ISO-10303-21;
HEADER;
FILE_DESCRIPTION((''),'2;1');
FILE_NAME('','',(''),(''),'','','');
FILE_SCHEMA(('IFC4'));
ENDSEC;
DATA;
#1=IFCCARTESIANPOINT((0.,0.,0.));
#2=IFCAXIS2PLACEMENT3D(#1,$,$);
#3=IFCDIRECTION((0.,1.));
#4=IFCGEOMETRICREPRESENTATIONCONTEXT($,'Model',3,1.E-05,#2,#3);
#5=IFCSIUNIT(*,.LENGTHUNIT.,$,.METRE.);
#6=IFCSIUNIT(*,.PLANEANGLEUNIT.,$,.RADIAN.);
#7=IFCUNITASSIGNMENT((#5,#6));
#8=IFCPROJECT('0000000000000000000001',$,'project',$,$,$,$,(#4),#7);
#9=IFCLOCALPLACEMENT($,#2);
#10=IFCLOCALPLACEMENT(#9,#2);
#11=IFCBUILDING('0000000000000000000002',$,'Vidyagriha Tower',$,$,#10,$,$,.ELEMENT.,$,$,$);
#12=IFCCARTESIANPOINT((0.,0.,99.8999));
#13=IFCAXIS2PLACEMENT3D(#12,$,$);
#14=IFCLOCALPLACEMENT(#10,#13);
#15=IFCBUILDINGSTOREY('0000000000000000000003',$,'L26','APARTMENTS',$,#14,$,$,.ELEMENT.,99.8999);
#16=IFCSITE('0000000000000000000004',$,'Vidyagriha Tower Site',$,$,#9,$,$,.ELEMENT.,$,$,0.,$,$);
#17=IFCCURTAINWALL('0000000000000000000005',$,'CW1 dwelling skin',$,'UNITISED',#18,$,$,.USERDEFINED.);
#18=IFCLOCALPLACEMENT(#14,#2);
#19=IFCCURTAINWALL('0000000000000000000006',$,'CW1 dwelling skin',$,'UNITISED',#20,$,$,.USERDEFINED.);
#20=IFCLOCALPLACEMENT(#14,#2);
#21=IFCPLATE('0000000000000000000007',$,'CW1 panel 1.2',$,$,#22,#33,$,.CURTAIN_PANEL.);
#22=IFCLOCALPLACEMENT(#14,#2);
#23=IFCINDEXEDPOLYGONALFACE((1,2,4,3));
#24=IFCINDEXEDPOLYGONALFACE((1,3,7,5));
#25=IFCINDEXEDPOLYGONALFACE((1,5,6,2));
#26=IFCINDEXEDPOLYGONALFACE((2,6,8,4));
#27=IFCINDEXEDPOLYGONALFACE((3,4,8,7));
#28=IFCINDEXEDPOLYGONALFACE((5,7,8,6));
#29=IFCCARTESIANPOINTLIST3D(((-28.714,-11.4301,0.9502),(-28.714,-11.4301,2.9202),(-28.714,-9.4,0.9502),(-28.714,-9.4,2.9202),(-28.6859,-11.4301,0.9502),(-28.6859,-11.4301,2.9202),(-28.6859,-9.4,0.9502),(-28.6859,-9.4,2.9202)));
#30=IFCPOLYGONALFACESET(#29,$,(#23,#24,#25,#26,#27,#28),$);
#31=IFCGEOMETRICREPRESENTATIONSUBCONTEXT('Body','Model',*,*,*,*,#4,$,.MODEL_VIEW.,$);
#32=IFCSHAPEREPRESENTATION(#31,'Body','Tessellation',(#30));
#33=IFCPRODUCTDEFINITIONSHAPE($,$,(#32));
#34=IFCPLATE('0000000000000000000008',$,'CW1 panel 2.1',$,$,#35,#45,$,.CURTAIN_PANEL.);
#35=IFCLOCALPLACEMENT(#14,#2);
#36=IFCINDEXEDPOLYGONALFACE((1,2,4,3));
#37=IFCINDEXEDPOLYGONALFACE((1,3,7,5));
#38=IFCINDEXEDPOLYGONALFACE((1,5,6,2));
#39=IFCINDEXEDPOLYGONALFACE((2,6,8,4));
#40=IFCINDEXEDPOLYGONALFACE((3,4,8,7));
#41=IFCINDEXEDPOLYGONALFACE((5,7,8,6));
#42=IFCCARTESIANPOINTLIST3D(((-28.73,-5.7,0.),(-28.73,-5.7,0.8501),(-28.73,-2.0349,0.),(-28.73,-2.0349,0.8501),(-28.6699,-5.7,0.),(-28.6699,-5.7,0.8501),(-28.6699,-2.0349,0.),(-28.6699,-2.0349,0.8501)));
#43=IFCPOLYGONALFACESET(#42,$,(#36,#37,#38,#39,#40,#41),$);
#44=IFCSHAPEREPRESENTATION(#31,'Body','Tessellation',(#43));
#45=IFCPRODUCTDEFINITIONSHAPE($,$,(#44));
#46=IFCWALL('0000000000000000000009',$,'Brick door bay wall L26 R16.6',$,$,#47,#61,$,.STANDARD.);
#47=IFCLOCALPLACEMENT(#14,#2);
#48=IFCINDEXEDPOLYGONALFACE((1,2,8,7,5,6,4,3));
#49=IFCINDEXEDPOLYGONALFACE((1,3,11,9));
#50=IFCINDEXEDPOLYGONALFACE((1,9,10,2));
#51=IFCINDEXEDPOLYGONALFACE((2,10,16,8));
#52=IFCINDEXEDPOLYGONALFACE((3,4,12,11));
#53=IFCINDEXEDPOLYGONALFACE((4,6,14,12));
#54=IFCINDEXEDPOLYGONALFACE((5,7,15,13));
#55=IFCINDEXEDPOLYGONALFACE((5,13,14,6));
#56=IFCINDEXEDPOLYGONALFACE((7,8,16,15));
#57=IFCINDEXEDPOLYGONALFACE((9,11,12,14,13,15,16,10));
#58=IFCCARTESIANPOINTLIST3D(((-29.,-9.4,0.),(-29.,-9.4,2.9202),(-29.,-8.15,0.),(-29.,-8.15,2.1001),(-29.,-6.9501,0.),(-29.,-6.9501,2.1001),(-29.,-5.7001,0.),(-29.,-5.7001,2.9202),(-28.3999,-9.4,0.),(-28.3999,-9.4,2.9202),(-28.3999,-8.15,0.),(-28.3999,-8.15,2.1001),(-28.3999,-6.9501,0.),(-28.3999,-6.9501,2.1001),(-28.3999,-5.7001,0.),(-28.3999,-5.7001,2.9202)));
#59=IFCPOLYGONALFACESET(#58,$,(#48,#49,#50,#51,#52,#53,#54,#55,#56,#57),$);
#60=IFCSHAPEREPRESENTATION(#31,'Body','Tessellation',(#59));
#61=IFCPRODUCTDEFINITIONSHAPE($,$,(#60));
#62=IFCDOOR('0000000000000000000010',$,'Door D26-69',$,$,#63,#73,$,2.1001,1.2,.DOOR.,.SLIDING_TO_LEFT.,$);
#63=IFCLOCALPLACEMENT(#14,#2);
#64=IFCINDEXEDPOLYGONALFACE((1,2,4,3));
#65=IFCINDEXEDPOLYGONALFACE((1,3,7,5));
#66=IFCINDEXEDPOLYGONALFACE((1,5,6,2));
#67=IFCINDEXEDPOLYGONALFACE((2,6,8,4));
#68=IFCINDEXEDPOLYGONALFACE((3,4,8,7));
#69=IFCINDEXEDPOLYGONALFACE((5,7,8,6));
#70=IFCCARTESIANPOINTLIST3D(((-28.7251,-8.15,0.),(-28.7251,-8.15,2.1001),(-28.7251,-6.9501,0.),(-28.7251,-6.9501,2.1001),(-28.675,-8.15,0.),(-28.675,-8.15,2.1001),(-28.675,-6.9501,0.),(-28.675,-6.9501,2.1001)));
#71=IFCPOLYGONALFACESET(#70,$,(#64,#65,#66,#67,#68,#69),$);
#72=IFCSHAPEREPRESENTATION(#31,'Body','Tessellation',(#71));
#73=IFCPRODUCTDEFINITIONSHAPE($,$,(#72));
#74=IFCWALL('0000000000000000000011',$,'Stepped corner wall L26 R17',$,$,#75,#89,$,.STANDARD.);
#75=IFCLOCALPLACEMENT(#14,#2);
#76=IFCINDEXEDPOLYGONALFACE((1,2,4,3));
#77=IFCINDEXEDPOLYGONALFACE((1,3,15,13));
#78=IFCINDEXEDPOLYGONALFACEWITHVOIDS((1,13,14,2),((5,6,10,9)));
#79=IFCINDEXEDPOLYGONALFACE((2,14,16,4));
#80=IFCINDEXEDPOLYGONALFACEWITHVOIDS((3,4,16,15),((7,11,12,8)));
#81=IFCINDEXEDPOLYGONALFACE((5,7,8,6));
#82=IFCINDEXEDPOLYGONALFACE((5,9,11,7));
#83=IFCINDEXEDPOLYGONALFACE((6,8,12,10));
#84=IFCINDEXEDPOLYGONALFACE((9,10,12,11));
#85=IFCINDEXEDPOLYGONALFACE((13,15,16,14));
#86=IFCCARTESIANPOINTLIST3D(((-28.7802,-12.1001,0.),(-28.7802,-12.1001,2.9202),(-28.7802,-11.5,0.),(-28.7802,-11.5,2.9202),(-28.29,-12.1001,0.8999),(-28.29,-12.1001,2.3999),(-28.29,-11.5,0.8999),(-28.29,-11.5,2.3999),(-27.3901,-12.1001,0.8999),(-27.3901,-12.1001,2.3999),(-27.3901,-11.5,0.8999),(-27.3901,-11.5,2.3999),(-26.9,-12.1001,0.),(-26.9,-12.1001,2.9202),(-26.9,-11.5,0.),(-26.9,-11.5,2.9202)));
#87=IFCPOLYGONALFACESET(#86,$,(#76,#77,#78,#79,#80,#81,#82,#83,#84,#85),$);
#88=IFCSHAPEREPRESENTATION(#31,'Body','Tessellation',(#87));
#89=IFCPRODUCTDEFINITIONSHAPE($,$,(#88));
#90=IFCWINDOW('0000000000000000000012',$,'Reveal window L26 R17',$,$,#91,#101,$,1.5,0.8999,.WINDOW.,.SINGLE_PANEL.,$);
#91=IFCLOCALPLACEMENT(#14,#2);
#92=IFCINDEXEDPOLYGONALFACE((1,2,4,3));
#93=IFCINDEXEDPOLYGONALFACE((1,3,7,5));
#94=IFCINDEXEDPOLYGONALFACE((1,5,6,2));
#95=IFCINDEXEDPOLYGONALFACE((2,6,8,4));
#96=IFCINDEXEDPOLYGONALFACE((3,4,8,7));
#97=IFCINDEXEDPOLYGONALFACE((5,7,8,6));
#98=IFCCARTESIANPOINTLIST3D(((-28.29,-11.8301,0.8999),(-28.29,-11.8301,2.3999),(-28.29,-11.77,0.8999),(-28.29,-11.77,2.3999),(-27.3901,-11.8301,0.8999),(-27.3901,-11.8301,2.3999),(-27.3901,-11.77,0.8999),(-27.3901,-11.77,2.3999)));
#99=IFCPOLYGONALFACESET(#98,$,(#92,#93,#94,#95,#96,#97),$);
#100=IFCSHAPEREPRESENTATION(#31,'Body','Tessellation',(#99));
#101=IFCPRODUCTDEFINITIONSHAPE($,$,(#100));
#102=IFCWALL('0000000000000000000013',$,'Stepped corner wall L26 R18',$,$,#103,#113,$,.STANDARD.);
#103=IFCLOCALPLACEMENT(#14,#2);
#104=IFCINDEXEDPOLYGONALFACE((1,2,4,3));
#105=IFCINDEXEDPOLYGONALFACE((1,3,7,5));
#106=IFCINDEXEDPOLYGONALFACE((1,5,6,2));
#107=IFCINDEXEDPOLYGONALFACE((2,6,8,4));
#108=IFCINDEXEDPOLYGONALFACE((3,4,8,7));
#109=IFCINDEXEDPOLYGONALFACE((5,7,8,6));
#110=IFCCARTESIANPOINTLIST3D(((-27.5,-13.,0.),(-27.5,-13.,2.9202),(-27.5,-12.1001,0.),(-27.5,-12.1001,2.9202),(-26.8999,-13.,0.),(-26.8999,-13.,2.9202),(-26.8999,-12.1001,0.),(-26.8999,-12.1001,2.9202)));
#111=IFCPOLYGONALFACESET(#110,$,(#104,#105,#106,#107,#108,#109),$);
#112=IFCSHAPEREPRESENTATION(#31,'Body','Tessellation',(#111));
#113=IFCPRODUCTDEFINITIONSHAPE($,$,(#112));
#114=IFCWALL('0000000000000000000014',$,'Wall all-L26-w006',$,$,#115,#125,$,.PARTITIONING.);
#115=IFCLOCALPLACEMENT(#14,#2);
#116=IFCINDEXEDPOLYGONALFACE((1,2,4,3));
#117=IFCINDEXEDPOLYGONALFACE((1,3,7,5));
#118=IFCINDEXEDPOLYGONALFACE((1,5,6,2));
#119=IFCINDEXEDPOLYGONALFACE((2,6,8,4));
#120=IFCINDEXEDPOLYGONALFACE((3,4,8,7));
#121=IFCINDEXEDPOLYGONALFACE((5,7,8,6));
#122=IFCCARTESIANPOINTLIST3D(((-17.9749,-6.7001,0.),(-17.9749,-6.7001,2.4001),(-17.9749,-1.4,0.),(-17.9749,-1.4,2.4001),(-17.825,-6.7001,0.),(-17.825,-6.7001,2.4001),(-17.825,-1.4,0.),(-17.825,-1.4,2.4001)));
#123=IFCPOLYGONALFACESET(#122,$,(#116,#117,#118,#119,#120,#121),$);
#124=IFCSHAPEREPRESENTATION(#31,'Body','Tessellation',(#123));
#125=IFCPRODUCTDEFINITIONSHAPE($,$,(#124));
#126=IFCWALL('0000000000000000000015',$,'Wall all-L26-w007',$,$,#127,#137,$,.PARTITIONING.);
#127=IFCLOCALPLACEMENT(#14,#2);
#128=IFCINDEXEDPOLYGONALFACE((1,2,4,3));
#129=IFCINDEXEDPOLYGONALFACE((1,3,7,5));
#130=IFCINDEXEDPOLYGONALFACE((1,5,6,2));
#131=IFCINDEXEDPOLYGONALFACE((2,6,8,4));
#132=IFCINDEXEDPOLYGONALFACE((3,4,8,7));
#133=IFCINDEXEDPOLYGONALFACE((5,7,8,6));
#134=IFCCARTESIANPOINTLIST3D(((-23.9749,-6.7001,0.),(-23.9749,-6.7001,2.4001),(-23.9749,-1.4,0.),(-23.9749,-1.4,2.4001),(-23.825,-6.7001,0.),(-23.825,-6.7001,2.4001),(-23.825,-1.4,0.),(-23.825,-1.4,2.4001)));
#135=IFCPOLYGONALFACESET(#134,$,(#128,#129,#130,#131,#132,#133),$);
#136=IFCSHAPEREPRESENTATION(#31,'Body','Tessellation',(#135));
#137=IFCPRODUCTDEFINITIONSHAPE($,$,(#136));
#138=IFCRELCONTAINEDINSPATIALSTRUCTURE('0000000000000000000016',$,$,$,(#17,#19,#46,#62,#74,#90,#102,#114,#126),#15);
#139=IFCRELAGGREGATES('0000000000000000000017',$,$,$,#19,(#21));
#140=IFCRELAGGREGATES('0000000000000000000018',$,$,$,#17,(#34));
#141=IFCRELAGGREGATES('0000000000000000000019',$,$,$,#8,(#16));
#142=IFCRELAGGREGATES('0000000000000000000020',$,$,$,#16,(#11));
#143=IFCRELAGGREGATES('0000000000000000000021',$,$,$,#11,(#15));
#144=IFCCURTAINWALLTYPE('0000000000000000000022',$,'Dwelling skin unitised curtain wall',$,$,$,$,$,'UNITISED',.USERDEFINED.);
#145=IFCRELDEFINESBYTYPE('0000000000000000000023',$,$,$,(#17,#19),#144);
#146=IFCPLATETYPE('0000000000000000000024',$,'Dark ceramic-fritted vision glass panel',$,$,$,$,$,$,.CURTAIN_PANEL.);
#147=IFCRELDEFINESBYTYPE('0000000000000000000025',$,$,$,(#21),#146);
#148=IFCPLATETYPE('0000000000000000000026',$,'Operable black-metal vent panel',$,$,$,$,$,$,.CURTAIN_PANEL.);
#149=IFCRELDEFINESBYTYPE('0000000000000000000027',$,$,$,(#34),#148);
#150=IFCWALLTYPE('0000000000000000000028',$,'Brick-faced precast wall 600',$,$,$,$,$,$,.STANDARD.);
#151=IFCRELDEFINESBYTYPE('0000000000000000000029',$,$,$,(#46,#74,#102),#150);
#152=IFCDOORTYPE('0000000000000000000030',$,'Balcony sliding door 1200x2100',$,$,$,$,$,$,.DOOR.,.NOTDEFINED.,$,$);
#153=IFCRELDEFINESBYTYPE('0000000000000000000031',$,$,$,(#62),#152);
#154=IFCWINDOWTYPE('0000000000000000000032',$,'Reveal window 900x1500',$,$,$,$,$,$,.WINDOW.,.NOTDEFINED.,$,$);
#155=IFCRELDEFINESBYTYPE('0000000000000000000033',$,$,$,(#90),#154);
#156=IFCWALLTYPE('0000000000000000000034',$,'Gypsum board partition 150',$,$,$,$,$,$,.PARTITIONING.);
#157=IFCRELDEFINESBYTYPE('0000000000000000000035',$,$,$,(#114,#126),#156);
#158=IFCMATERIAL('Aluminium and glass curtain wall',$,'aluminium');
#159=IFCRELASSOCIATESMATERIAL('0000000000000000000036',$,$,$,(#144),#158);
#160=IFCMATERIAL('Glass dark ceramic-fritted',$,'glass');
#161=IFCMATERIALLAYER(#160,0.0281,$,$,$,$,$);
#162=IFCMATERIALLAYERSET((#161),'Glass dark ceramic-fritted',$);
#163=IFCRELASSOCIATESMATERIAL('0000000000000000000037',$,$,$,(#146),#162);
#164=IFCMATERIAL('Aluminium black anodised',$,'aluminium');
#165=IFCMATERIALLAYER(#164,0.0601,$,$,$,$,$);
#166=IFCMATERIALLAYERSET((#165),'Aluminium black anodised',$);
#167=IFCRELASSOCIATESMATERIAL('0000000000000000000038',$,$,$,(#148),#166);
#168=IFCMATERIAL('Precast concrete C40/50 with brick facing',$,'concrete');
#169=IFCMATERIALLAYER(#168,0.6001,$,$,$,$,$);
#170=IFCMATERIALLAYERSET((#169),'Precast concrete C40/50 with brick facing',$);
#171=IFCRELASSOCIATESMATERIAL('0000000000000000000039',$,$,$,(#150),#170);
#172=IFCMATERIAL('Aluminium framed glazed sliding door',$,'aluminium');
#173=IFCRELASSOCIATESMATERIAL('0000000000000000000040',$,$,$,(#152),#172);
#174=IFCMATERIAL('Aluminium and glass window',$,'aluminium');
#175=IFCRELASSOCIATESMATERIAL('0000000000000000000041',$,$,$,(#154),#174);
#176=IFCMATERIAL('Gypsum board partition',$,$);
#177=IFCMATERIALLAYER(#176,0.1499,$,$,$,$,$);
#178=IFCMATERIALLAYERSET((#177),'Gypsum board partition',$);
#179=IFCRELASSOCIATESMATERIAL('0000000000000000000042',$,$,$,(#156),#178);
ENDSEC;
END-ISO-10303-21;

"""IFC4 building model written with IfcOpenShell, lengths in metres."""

from ifc_helpers import new_model, si_unit, direction, frame, frame_2d, origin, origin_2d, place, context, subcontext, project, spatial, rectangle, extrude, material, layer, layer_set, type_object, element, fill, aggregate, save


model = new_model("IFC4")

# Units and contexts
model_context = context("Model", 3, precision=1e-05, world=origin(), true_north=direction((0.0, 1.0)))
body_context = subcontext(model_context, "Body", "Model", "MODEL_VIEW")
ifc_project = project(units=[si_unit("LENGTHUNIT", "METRE"), si_unit("PLANEANGLEUNIT", "RADIAN")], contexts=[model_context])

# Site, building, storey
site_placement = place(None, origin())
site = spatial("IfcSite", under=ifc_project, at=site_placement, Name="Vidyagriha Tower Site", CompositionType="ELEMENT", RefElevation=0.0)
building_placement = place(site_placement, origin())
building = spatial("IfcBuilding", under=site, at=building_placement, Name="Vidyagriha Tower", CompositionType="ELEMENT")
storey_placement = place(building_placement, frame((0.0, 0.0, 99.8999)))
storey = spatial("IfcBuildingStorey", under=building, at=storey_placement, Name="L26", Description="APARTMENTS", CompositionType="ELEMENT", Elevation=99.8999)

# Curtain walls
ifc_material_1 = material(Name="Aluminium and glass curtain wall", Category="aluminium")
curtain_wall_type = type_object("IfcCurtainWallType", Name="Dwelling skin unitised curtain wall", ElementType="UNITISED", PredefinedType="USERDEFINED", material=ifc_material_1)
curtain_wall_1_placement = place(storey_placement, origin())
curtain_wall_1 = element("IfcCurtainWall", 1, at=curtain_wall_1_placement, inside=storey, type_object=curtain_wall_type, Name="CW1 dwelling skin", ObjectType="UNITISED", PredefinedType="USERDEFINED")
curtain_wall_2_placement = place(storey_placement, origin())
curtain_wall_2 = element("IfcCurtainWall", 2, at=curtain_wall_2_placement, inside=storey, type_object=curtain_wall_type, Name="CW1 dwelling skin", ObjectType="UNITISED", PredefinedType="USERDEFINED")

# Plates
ifc_material_2 = material(Name="Glass dark ceramic-fritted", Category="glass")
ifc_layer_1 = layer(ifc_material_2, 0.0281)
ifc_layer_set_1 = layer_set([ifc_layer_1], Name="Glass dark ceramic-fritted")
plate_type_1 = type_object("IfcPlateType", Name="Dark ceramic-fritted vision glass panel", PredefinedType="CURTAIN_PANEL", material=ifc_layer_set_1)
plate_1_placement = place(storey_placement, frame((-28.7, -10.415, 0.9502), z_axis=(0.0, 0.0, 1.0), x_axis=(0.0, -1.0, 0.0)))
plate_1 = element("IfcPlate", 3, at=plate_1_placement, type_object=plate_type_1, Name="CW1 panel 1.2", PredefinedType="CURTAIN_PANEL", context=body_context, shape_type="SweptSolid", body=[
    extrude(rectangle(XDim=2.03, YDim=0.0281, at=origin_2d()), origin(), (0.0, 0.0, 1.0), 1.97),
])
aggregate(curtain_wall_2, [plate_1])
ifc_material_3 = material(Name="Aluminium black anodised", Category="aluminium")
ifc_layer_2 = layer(ifc_material_3, 0.0601)
ifc_layer_set_2 = layer_set([ifc_layer_2], Name="Aluminium black anodised")
plate_type_2 = type_object("IfcPlateType", Name="Operable black-metal vent panel", PredefinedType="CURTAIN_PANEL", material=ifc_layer_set_2)
plate_2_placement = place(storey_placement, frame((-28.7, -3.8674, 0.0), z_axis=(0.0, 0.0, 1.0), x_axis=(0.0, -1.0, 0.0)))
plate_2 = element("IfcPlate", 4, at=plate_2_placement, type_object=plate_type_2, Name="CW1 panel 2.1", PredefinedType="CURTAIN_PANEL", context=body_context, shape_type="SweptSolid", body=[
    extrude(rectangle(XDim=3.665, YDim=0.0601, at=origin_2d()), origin(), (0.0, 0.0, 1.0), 0.8501),
])
aggregate(curtain_wall_1, [plate_2])

# Wall, opening, door
ifc_material_4 = material(Name="Precast concrete C40/50 with brick facing", Category="concrete")
ifc_layer_3 = layer(ifc_material_4, 0.6001)
ifc_layer_set_3 = layer_set([ifc_layer_3], Name="Precast concrete C40/50 with brick facing")
wall_type_1 = type_object("IfcWallType", Name="Brick-faced precast wall 600", PredefinedType="STANDARD", material=ifc_layer_set_3)
wall_1_placement = place(storey_placement, frame((-28.7, -5.7, 0.0), z_axis=(0.0, 0.0, 1.0), x_axis=(0.0, -1.0, 0.0)))
wall_1 = element("IfcWall", 5, at=wall_1_placement, inside=storey, type_object=wall_type_1, Name="Brick door bay wall L26 R16.6", PredefinedType="STANDARD", context=body_context, shape_type="SweptSolid", body=[
    extrude(rectangle(XDim=3.7, YDim=0.6001, at=frame_2d((1.8501, 0.0))), origin(), (0.0, 0.0, 1.0), 2.9202),
])
opening_1_placement = place(wall_1_placement, frame((1.25, 0.0, 0.0)))
opening_1 = element("IfcOpeningElement", 6, at=opening_1_placement, cuts=wall_1, PredefinedType="OPENING", context=body_context, shape_type="SweptSolid", body=[
    extrude(rectangle(XDim=1.2, YDim=2.1001, at=frame_2d((0.6001, 1.05))), frame((0.0, 0.3101, 0.0), z_axis=(0.0, -1.0, 0.0), x_axis=(1.0, 0.0, 0.0)), (0.0, 0.0, 1.0), 0.6201),
])
ifc_material_5 = material(Name="Aluminium framed glazed sliding door", Category="aluminium")
door_type_1 = type_object("IfcDoorType", Name="Balcony sliding door 1200x2100", OperationType="NOTDEFINED", PredefinedType="DOOR", material=ifc_material_5)
door_1_placement = place(opening_1_placement, origin())
door_1 = element("IfcDoor", 7, at=door_1_placement, inside=storey, type_object=door_type_1, Name="Door D26-69", OperationType="SLIDING_TO_LEFT", OverallHeight=2.1001, OverallWidth=1.2, PredefinedType="DOOR", context=body_context, shape_type="SweptSolid", body=[
    extrude(rectangle(XDim=1.2, YDim=2.1001, at=frame_2d((0.6001, 1.05))), frame((0.0, 0.0249, 0.0), z_axis=(0.0, -1.0, 0.0), x_axis=(1.0, 0.0, 0.0)), (0.0, 0.0, 1.0), 0.05),
])
fill(opening_1, door_1)

# Wall, opening, window
wall_2_placement = place(storey_placement, frame((-28.78, -11.8, 0.0)))
wall_2 = element("IfcWall", 8, at=wall_2_placement, inside=storey, type_object=wall_type_1, Name="Stepped corner wall L26 R17", PredefinedType="STANDARD", context=body_context, shape_type="SweptSolid", body=[
    extrude(rectangle(XDim=1.8801, YDim=0.6001, at=frame_2d((0.9399, 0.0))), origin(), (0.0, 0.0, 1.0), 2.9202),
])
opening_2_placement = place(wall_2_placement, frame((0.49, 0.0, 0.8999)))
opening_2 = element("IfcOpeningElement", 9, at=opening_2_placement, cuts=wall_2, PredefinedType="OPENING", context=body_context, shape_type="SweptSolid", body=[
    extrude(rectangle(XDim=0.8999, YDim=1.5, at=frame_2d((0.45, 0.75))), frame((0.0, 0.3101, 0.0), z_axis=(0.0, -1.0, 0.0), x_axis=(1.0, 0.0, 0.0)), (0.0, 0.0, 1.0), 0.6201),
])
ifc_material_6 = material(Name="Aluminium and glass window", Category="aluminium")
window_type = type_object("IfcWindowType", Name="Reveal window 900x1500", PartitioningType="NOTDEFINED", PredefinedType="WINDOW", material=ifc_material_6)
window_placement = place(opening_2_placement, origin())
window = element("IfcWindow", 10, at=window_placement, inside=storey, type_object=window_type, Name="Reveal window L26 R17", OverallHeight=1.5, OverallWidth=0.8999, PartitioningType="SINGLE_PANEL", PredefinedType="WINDOW", context=body_context, shape_type="SweptSolid", body=[
    extrude(rectangle(XDim=0.8999, YDim=1.5, at=frame_2d((0.45, 0.75))), frame((0.0, 0.03, 0.0), z_axis=(0.0, -1.0, 0.0), x_axis=(1.0, 0.0, 0.0)), (0.0, 0.0, 1.0), 0.0601),
])
fill(opening_2, window)

# Walls
wall_3_placement = place(storey_placement, frame((-27.2, -12.1001, 0.0), z_axis=(0.0, 0.0, 1.0), x_axis=(0.0, -1.0, 0.0)))
element("IfcWall", 11, at=wall_3_placement, inside=storey, type_object=wall_type_1, Name="Stepped corner wall L26 R18", PredefinedType="STANDARD", context=body_context, shape_type="SweptSolid", body=[
    extrude(rectangle(XDim=0.8999, YDim=0.6001, at=frame_2d((0.45, 0.0))), origin(), (0.0, 0.0, 1.0), 2.9202),
])
ifc_material_7 = material(Name="Gypsum board partition")
ifc_layer_4 = layer(ifc_material_7, 0.1499)
ifc_layer_set_4 = layer_set([ifc_layer_4], Name="Gypsum board partition")
wall_type_2 = type_object("IfcWallType", Name="Gypsum board partition 150", PredefinedType="PARTITIONING", material=ifc_layer_set_4)
for number, where, z_axis, x_axis, name in (
    (12, (-17.8999, -6.7, 0.0), (0.0, 0.0, 1.0), (0.0, 1.0, 0.0), "Wall all-L26-w006"),
    (13, (-23.8999, -6.7, 0.0), (0.0, 0.0, 1.0), (0.0, 1.0, 0.0), "Wall all-L26-w007"),
):
    element("IfcWall", number, at=place(storey_placement, frame(where, z_axis=z_axis, x_axis=x_axis)), inside=storey, type_object=wall_type_2, Name=name, PredefinedType="PARTITIONING", context=body_context, shape_type="SweptSolid", body=[
        extrude(rectangle(XDim=5.3, YDim=0.1499, at=frame_2d((2.6499, 0.0))), origin(), (0.0, 0.0, 1.0), 2.4001),
    ])

save(model, "model.ifc")
